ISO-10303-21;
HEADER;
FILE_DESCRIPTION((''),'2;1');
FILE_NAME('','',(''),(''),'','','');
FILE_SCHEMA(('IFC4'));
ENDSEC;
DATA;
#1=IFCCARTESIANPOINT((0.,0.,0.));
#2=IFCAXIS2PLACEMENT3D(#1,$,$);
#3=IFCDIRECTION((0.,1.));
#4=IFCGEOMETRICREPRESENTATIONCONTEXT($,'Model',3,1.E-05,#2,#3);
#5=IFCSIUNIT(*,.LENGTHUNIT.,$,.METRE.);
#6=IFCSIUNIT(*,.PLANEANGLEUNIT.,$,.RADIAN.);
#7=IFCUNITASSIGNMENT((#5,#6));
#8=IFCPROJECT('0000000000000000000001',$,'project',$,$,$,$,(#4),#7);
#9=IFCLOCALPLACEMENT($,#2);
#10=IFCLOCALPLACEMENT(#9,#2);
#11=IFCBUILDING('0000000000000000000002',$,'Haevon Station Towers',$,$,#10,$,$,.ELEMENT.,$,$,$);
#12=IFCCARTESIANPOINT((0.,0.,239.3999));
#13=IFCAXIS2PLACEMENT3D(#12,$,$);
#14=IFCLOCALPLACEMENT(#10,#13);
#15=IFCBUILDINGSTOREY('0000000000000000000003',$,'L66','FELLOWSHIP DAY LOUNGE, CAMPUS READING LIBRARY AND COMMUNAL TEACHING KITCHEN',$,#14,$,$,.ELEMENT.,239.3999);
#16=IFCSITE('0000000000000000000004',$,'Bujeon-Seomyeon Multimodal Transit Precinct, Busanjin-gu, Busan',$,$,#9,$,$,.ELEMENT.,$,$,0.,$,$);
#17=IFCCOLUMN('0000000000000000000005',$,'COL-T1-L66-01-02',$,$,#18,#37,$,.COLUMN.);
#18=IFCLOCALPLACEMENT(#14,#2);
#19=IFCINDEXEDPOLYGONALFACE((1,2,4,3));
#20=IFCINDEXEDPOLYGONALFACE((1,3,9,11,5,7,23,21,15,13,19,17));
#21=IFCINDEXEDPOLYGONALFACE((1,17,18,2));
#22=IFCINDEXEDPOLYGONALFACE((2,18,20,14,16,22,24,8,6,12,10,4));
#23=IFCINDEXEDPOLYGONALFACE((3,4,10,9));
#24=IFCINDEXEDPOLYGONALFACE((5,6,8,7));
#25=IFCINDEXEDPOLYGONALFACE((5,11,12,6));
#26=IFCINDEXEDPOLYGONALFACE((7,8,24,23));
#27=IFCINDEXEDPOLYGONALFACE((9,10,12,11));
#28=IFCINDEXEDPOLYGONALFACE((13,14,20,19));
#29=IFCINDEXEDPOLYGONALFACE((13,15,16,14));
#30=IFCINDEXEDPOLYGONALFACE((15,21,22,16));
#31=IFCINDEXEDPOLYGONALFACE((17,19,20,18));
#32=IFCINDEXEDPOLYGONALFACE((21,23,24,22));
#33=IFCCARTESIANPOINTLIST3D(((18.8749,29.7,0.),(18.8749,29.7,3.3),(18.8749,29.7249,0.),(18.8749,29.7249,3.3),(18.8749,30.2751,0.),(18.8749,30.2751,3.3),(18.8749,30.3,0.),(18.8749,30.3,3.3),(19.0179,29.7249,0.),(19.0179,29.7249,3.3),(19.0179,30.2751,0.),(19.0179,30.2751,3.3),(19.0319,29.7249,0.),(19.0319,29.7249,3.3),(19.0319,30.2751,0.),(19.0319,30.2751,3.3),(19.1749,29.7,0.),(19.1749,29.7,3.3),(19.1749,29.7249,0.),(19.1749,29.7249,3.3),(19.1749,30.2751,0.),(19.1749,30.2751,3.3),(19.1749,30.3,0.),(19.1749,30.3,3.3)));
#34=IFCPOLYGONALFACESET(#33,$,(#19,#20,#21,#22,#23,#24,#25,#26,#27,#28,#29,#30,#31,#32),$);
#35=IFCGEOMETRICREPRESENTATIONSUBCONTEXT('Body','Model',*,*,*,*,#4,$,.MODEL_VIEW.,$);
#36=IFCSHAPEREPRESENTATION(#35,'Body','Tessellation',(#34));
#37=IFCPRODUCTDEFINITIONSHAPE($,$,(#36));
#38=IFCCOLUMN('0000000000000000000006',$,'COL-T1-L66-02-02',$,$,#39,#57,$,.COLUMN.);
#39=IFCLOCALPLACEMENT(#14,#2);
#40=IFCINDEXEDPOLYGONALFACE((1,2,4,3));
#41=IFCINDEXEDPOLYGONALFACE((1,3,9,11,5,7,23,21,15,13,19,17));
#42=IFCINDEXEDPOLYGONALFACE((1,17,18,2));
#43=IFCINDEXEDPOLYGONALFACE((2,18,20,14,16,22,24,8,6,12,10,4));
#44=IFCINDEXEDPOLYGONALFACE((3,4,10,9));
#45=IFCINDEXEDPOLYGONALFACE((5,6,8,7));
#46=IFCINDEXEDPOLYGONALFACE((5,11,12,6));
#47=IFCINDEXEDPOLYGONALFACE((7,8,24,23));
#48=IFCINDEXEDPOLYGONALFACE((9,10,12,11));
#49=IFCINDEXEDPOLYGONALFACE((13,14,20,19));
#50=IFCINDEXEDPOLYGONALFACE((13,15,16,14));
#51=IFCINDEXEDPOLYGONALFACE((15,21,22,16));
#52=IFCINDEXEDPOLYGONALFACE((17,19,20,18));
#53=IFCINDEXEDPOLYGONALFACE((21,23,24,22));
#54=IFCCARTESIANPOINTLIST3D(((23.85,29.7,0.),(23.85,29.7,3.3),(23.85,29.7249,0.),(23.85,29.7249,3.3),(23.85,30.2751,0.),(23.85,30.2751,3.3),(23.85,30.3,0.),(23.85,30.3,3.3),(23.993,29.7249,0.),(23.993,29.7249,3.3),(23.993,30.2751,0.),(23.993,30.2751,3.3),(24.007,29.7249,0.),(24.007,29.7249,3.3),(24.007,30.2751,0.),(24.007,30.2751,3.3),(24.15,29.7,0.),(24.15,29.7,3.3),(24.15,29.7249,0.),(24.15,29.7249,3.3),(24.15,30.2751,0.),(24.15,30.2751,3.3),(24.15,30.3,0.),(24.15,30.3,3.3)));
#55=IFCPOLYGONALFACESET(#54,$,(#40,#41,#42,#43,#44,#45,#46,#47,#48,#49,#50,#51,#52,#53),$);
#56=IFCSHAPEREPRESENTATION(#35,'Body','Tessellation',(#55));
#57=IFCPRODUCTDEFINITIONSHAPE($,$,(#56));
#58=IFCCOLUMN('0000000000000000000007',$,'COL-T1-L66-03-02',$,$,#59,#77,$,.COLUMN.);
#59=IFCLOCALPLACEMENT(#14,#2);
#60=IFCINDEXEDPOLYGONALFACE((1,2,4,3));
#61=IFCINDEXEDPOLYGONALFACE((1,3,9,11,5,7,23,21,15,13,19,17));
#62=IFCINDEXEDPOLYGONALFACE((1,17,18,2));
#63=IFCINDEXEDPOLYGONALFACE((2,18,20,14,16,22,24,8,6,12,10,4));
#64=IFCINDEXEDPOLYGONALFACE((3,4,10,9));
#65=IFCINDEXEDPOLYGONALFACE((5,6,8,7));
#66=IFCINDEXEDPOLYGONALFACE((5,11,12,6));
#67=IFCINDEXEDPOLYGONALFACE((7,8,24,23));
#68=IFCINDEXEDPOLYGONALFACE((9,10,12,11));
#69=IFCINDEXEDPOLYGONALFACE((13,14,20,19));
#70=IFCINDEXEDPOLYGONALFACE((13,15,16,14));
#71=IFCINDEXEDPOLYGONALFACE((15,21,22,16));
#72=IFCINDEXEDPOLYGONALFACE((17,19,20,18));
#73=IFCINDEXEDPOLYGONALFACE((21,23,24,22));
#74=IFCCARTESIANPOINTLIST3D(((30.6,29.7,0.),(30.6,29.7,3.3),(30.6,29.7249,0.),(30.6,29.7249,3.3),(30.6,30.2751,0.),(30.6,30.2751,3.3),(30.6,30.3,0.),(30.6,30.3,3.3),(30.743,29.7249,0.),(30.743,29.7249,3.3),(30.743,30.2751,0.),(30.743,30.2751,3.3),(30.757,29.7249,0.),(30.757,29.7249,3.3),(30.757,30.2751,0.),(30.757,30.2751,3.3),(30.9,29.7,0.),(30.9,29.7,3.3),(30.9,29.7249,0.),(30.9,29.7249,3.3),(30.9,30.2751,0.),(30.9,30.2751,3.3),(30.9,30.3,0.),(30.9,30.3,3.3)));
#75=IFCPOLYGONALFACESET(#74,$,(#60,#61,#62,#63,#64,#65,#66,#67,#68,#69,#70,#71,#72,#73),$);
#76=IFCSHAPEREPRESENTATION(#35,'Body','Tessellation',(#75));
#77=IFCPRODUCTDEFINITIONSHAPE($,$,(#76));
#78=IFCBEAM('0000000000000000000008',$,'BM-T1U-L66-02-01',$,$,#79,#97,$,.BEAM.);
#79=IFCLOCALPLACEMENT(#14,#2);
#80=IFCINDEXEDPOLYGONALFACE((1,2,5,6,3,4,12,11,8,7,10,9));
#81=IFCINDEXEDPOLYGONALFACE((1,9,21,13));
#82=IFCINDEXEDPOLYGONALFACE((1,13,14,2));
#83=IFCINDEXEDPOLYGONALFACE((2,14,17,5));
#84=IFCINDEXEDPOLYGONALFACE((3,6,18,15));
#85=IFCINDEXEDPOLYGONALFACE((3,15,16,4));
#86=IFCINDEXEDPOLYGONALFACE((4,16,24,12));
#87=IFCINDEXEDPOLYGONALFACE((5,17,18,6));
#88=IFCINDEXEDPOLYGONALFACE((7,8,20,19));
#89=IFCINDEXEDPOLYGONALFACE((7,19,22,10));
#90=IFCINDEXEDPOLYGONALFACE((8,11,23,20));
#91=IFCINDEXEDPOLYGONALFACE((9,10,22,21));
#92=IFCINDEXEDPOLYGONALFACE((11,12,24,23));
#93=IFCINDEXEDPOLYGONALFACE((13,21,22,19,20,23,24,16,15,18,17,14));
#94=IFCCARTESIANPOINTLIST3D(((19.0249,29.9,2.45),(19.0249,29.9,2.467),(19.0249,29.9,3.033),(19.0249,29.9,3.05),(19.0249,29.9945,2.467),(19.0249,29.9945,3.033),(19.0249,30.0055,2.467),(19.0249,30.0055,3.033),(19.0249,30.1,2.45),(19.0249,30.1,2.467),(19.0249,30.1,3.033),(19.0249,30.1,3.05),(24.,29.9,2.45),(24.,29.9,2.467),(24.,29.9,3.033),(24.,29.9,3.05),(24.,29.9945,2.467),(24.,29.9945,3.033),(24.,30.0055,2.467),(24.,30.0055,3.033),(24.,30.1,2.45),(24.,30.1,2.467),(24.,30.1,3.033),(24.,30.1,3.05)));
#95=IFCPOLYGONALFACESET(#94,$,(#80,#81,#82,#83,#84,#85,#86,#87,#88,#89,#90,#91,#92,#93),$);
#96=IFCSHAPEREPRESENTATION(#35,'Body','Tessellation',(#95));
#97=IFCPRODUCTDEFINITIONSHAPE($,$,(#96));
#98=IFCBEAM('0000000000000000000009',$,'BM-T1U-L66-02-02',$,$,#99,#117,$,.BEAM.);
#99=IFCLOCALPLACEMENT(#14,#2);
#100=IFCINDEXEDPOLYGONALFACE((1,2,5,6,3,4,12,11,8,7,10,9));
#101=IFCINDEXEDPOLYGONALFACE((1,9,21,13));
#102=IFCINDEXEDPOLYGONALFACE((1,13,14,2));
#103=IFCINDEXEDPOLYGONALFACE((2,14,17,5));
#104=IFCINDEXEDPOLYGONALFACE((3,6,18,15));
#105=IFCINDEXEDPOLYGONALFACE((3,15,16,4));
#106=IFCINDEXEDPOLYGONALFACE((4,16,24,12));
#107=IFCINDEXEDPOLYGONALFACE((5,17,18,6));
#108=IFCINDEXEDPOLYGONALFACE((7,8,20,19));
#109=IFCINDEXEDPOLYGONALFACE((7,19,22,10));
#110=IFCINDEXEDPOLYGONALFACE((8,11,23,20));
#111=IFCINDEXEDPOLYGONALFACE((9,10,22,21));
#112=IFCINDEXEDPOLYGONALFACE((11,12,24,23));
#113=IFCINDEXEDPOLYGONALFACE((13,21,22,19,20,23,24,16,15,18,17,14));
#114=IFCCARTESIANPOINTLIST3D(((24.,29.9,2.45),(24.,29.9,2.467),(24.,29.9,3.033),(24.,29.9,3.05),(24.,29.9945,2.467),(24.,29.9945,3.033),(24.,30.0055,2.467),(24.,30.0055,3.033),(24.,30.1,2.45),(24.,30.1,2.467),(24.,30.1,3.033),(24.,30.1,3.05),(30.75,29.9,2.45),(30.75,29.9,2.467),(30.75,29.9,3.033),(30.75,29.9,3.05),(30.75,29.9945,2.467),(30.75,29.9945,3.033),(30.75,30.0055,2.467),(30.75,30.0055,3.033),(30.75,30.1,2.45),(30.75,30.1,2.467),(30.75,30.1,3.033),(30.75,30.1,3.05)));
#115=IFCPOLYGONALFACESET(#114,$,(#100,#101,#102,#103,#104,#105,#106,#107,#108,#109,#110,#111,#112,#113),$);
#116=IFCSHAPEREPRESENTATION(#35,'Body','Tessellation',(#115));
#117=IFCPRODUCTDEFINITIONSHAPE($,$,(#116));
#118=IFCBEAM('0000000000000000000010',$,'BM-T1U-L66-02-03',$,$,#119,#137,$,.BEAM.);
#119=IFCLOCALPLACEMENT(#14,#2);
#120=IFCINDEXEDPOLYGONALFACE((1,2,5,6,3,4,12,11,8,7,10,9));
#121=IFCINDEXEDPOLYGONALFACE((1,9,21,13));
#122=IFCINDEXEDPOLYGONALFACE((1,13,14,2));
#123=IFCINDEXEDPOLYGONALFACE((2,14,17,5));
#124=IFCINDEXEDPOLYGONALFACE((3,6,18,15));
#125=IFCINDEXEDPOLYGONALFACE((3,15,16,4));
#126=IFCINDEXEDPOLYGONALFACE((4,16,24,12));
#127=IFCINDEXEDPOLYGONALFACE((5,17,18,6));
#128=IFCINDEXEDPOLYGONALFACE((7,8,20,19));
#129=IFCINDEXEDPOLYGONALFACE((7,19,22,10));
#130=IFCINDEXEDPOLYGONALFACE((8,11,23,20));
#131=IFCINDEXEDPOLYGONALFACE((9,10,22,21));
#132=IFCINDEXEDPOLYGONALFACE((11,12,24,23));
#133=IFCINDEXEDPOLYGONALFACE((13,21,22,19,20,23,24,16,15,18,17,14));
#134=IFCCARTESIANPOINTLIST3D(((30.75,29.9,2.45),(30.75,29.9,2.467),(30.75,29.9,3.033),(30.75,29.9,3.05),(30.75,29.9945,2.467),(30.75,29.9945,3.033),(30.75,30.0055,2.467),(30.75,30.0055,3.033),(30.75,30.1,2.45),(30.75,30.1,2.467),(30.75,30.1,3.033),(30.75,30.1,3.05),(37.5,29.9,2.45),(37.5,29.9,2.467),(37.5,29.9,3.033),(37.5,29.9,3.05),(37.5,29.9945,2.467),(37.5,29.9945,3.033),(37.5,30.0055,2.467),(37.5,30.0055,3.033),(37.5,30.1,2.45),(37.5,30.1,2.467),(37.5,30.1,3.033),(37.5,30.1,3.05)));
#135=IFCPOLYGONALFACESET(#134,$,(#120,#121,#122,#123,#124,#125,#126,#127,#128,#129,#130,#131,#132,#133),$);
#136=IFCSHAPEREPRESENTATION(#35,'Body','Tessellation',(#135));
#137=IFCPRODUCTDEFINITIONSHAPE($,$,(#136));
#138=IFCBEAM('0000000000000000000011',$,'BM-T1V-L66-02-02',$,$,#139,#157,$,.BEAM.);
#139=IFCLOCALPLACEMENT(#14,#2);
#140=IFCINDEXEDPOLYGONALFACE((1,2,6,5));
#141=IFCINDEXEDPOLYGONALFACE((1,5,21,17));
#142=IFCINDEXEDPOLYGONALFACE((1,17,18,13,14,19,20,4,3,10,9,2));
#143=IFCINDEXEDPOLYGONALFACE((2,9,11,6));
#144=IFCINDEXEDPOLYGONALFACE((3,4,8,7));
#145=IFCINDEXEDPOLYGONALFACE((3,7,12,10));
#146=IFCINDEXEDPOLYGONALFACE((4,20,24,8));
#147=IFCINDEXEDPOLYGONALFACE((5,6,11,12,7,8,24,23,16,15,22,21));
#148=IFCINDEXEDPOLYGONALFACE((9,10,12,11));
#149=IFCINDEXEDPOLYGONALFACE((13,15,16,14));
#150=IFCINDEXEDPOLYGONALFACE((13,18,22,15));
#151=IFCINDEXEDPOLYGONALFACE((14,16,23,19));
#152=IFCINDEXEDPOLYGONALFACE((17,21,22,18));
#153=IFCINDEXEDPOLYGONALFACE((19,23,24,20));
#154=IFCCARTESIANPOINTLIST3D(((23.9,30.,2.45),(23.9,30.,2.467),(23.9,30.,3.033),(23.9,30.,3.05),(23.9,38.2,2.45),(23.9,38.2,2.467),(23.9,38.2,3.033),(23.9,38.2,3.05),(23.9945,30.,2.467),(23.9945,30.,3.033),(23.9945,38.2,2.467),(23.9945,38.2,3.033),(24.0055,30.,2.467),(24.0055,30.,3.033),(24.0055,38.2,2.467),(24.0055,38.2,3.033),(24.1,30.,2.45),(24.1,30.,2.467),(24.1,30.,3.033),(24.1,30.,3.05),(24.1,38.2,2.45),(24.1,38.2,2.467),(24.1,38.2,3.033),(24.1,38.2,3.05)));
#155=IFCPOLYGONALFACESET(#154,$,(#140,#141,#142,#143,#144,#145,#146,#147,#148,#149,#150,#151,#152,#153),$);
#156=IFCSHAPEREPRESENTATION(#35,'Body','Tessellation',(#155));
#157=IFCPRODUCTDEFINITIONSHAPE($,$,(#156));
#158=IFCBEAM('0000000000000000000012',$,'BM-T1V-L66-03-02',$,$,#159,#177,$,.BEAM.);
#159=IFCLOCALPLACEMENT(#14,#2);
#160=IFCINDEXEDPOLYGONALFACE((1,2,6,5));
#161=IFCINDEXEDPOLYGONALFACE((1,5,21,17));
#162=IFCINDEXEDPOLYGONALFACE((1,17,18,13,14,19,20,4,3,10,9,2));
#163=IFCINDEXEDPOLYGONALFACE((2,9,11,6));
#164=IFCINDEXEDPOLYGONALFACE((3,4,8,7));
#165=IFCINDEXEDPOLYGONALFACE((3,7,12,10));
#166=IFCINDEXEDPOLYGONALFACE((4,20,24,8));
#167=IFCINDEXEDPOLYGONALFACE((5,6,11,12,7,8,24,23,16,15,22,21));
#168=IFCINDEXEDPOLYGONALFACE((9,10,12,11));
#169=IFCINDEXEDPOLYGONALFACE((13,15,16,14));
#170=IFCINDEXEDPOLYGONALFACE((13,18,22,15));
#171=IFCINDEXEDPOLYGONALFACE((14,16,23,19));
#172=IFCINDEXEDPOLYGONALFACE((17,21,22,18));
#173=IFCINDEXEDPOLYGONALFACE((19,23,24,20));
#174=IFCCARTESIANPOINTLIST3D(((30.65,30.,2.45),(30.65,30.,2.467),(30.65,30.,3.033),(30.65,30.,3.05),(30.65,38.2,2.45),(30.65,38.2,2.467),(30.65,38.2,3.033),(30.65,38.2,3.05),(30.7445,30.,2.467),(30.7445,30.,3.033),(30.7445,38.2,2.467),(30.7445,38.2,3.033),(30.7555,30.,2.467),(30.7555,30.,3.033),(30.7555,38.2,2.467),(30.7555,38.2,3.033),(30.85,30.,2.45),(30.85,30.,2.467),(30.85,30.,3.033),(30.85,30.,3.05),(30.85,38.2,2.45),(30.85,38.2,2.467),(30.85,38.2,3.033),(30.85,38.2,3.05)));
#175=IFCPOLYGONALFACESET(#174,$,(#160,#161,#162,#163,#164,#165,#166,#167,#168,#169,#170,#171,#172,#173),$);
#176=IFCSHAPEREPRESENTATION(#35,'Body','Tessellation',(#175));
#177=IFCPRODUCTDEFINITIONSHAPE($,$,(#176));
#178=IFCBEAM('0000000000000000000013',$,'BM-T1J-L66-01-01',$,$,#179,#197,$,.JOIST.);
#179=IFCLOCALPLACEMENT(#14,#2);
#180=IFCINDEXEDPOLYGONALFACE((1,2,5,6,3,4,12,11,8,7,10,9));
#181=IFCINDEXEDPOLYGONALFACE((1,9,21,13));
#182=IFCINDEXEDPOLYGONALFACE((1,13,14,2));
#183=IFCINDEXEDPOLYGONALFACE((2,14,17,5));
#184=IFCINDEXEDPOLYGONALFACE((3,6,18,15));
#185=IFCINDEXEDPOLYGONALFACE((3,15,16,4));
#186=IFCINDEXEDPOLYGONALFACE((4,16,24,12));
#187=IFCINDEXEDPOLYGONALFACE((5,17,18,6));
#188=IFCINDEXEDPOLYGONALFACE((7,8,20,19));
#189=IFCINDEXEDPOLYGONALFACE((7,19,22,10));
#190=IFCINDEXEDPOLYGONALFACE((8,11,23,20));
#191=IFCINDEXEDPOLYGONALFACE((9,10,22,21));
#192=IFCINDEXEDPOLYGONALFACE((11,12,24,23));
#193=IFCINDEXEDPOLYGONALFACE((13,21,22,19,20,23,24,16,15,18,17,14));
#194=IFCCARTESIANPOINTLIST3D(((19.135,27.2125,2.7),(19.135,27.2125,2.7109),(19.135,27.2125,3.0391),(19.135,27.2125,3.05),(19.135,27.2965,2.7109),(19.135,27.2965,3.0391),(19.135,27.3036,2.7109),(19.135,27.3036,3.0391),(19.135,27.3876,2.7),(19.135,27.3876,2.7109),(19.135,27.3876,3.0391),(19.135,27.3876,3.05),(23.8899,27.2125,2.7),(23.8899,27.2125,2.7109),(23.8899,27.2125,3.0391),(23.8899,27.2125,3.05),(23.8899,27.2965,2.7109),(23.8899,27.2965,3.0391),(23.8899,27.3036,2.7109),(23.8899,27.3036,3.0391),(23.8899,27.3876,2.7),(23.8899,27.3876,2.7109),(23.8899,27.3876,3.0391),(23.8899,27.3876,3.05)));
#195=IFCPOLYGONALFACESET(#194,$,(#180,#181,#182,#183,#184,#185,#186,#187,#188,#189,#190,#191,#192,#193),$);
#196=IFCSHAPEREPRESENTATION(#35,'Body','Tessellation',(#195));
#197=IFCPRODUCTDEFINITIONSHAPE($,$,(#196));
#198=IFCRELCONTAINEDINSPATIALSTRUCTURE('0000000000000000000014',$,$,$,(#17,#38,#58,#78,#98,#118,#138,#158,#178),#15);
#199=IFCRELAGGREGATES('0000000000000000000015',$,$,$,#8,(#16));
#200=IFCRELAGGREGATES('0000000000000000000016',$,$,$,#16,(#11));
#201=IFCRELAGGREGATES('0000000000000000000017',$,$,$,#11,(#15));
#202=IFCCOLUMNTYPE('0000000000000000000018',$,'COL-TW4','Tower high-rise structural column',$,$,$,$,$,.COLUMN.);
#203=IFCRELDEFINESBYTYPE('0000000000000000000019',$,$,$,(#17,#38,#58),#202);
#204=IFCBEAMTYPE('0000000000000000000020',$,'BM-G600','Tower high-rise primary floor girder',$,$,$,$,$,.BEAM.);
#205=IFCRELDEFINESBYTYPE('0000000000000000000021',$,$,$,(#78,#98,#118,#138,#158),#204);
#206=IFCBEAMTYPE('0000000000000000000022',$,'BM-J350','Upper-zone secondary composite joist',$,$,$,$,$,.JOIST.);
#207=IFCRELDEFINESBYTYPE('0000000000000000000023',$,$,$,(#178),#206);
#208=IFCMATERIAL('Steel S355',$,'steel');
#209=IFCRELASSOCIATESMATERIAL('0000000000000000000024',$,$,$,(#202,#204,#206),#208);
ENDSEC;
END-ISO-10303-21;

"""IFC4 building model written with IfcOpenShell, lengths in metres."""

from ifc_helpers import new_model, si_unit, direction, frame, origin, origin_2d, place, context, subcontext, project, spatial, i_section, extrude, material, material_profile, profile_set, type_object, element, save


model = new_model("IFC4")

# Units and contexts
model_context = context("Model", 3, precision=1e-05, world=origin(), true_north=direction((0.0, 1.0)))
body_context = subcontext(model_context, "Body", "Model", "MODEL_VIEW")
ifc_project = project(units=[si_unit("LENGTHUNIT", "METRE"), si_unit("PLANEANGLEUNIT", "RADIAN")], contexts=[model_context])

# Site, building, storey
site_placement = place(None, origin())
site = spatial("IfcSite", under=ifc_project, at=site_placement, Name="Bujeon-Seomyeon Multimodal Transit Precinct, Busanjin-gu, Busan", CompositionType="ELEMENT", RefElevation=0.0)
building_placement = place(site_placement, origin())
building = spatial("IfcBuilding", under=site, at=building_placement, Name="Haevon Station Towers", CompositionType="ELEMENT")
storey_placement = place(building_placement, frame((0.0, 0.0, 239.3999)))
storey = spatial("IfcBuildingStorey", under=building, at=storey_placement, Name="L66", Description="FELLOWSHIP DAY LOUNGE, CAMPUS READING LIBRARY AND COMMUNAL TEACHING KITCHEN", CompositionType="ELEMENT", Elevation=239.3999)

# Columns
ifc_material_1 = material(Name="Steel S355", Category="steel")
ifc_material_profile_1 = material_profile(ifc_material_1, i_section(OverallWidth=0.3, OverallDepth=0.6001, WebThickness=0.0139, FlangeThickness=0.0249, at=origin_2d()), Name="H-600x300x14x25")
ifc_profile_set_1 = profile_set([ifc_material_profile_1], Name="Steel S355")
column_type = type_object("IfcColumnType", Name="COL-TW4", Description="Tower high-rise structural column", PredefinedType="COLUMN", material=ifc_profile_set_1)
for number, where, z_axis, x_axis, name in (
    (1, (19.0249, 30.0, 0.0), (0.0, 0.0, 1.0), (1.0, 0.0, 0.0), "COL-T1-L66-01-02"),
    (2, (24.0, 30.0, 0.0), (0.0, 0.0, 1.0), (1.0, 0.0, 0.0), "COL-T1-L66-02-02"),
    (3, (30.75, 30.0, 0.0), (0.0, 0.0, 1.0), (1.0, 0.0, 0.0), "COL-T1-L66-03-02"),
):
    element("IfcColumn", number, at=place(storey_placement, frame(where, z_axis=z_axis, x_axis=x_axis)), inside=storey, type_object=column_type, Name=name, PredefinedType="COLUMN", context=body_context, shape_type="SweptSolid", body=[
        extrude(i_section(OverallWidth=0.3, OverallDepth=0.6001, WebThickness=0.0139, FlangeThickness=0.0249, at=origin_2d()), origin(), (0.0, 0.0, 1.0), 3.3),
    ])

# Beams
ifc_material_profile_2 = material_profile(ifc_material_1, i_section(OverallWidth=0.2, OverallDepth=0.6001, WebThickness=0.011, FlangeThickness=0.0171, at=origin_2d()), Name="H-600x200x11x17")
ifc_profile_set_2 = profile_set([ifc_material_profile_2], Name="Steel S355")
beam_type_1 = type_object("IfcBeamType", Name="BM-G600", Description="Tower high-rise primary floor girder", PredefinedType="BEAM", material=ifc_profile_set_2)
beam_1_placement = place(storey_placement, frame((19.0249, 30.0, 2.75), z_axis=(1.0, 0.0, 0.0), x_axis=(0.0, 1.0, 0.0)))
element("IfcBeam", 4, at=beam_1_placement, inside=storey, type_object=beam_type_1, Name="BM-T1U-L66-02-01", PredefinedType="BEAM", context=body_context, shape_type="SweptSolid", body=[
    extrude(i_section(OverallWidth=0.2, OverallDepth=0.6001, WebThickness=0.011, FlangeThickness=0.0171, at=origin_2d()), origin(), (0.0, 0.0, 1.0), 4.9751),
])
for number, where, z_axis, x_axis, name in (
    (5, (24.0, 30.0, 2.75), (1.0, 0.0, 0.0), (0.0, 1.0, 0.0), "BM-T1U-L66-02-02"),
    (6, (30.75, 30.0, 2.75), (1.0, 0.0, 0.0), (0.0, 1.0, 0.0), "BM-T1U-L66-02-03"),
):
    element("IfcBeam", number, at=place(storey_placement, frame(where, z_axis=z_axis, x_axis=x_axis)), inside=storey, type_object=beam_type_1, Name=name, PredefinedType="BEAM", context=body_context, shape_type="SweptSolid", body=[
        extrude(i_section(OverallWidth=0.2, OverallDepth=0.6001, WebThickness=0.011, FlangeThickness=0.0171, at=origin_2d()), origin(), (0.0, 0.0, 1.0), 6.75),
    ])
for number, where, z_axis, x_axis, name in (
    (7, (24.0, 30.0, 2.75), (0.0, 1.0, 0.0), (-1.0, 0.0, 0.0), "BM-T1V-L66-02-02"),
    (8, (30.75, 30.0, 2.75), (0.0, 1.0, 0.0), (-1.0, 0.0, 0.0), "BM-T1V-L66-03-02"),
):
    element("IfcBeam", number, at=place(storey_placement, frame(where, z_axis=z_axis, x_axis=x_axis)), inside=storey, type_object=beam_type_1, Name=name, PredefinedType="BEAM", context=body_context, shape_type="SweptSolid", body=[
        extrude(i_section(OverallWidth=0.2, OverallDepth=0.6001, WebThickness=0.011, FlangeThickness=0.0171, at=origin_2d()), origin(), (0.0, 0.0, 1.0), 8.2),
    ])
ifc_material_profile_3 = material_profile(ifc_material_1, i_section(OverallWidth=0.175, OverallDepth=0.3501, WebThickness=0.0071, FlangeThickness=0.011, at=origin_2d()), Name="H-350x175x7x11")
ifc_profile_set_3 = profile_set([ifc_material_profile_3], Name="Steel S355")
beam_type_2 = type_object("IfcBeamType", Name="BM-J350", Description="Upper-zone secondary composite joist", PredefinedType="JOIST", material=ifc_profile_set_3)
beam_2_placement = place(storey_placement, frame((19.135, 27.3, 2.875), z_axis=(1.0, 0.0, 0.0), x_axis=(0.0, 1.0, 0.0)))
element("IfcBeam", 9, at=beam_2_placement, inside=storey, type_object=beam_type_2, Name="BM-T1J-L66-01-01", PredefinedType="JOIST", context=body_context, shape_type="SweptSolid", body=[
    extrude(i_section(OverallWidth=0.175, OverallDepth=0.3501, WebThickness=0.0071, FlangeThickness=0.011, at=origin_2d()), origin(), (0.0, 0.0, 1.0), 4.7549),
])

save(model, "model.ifc")
